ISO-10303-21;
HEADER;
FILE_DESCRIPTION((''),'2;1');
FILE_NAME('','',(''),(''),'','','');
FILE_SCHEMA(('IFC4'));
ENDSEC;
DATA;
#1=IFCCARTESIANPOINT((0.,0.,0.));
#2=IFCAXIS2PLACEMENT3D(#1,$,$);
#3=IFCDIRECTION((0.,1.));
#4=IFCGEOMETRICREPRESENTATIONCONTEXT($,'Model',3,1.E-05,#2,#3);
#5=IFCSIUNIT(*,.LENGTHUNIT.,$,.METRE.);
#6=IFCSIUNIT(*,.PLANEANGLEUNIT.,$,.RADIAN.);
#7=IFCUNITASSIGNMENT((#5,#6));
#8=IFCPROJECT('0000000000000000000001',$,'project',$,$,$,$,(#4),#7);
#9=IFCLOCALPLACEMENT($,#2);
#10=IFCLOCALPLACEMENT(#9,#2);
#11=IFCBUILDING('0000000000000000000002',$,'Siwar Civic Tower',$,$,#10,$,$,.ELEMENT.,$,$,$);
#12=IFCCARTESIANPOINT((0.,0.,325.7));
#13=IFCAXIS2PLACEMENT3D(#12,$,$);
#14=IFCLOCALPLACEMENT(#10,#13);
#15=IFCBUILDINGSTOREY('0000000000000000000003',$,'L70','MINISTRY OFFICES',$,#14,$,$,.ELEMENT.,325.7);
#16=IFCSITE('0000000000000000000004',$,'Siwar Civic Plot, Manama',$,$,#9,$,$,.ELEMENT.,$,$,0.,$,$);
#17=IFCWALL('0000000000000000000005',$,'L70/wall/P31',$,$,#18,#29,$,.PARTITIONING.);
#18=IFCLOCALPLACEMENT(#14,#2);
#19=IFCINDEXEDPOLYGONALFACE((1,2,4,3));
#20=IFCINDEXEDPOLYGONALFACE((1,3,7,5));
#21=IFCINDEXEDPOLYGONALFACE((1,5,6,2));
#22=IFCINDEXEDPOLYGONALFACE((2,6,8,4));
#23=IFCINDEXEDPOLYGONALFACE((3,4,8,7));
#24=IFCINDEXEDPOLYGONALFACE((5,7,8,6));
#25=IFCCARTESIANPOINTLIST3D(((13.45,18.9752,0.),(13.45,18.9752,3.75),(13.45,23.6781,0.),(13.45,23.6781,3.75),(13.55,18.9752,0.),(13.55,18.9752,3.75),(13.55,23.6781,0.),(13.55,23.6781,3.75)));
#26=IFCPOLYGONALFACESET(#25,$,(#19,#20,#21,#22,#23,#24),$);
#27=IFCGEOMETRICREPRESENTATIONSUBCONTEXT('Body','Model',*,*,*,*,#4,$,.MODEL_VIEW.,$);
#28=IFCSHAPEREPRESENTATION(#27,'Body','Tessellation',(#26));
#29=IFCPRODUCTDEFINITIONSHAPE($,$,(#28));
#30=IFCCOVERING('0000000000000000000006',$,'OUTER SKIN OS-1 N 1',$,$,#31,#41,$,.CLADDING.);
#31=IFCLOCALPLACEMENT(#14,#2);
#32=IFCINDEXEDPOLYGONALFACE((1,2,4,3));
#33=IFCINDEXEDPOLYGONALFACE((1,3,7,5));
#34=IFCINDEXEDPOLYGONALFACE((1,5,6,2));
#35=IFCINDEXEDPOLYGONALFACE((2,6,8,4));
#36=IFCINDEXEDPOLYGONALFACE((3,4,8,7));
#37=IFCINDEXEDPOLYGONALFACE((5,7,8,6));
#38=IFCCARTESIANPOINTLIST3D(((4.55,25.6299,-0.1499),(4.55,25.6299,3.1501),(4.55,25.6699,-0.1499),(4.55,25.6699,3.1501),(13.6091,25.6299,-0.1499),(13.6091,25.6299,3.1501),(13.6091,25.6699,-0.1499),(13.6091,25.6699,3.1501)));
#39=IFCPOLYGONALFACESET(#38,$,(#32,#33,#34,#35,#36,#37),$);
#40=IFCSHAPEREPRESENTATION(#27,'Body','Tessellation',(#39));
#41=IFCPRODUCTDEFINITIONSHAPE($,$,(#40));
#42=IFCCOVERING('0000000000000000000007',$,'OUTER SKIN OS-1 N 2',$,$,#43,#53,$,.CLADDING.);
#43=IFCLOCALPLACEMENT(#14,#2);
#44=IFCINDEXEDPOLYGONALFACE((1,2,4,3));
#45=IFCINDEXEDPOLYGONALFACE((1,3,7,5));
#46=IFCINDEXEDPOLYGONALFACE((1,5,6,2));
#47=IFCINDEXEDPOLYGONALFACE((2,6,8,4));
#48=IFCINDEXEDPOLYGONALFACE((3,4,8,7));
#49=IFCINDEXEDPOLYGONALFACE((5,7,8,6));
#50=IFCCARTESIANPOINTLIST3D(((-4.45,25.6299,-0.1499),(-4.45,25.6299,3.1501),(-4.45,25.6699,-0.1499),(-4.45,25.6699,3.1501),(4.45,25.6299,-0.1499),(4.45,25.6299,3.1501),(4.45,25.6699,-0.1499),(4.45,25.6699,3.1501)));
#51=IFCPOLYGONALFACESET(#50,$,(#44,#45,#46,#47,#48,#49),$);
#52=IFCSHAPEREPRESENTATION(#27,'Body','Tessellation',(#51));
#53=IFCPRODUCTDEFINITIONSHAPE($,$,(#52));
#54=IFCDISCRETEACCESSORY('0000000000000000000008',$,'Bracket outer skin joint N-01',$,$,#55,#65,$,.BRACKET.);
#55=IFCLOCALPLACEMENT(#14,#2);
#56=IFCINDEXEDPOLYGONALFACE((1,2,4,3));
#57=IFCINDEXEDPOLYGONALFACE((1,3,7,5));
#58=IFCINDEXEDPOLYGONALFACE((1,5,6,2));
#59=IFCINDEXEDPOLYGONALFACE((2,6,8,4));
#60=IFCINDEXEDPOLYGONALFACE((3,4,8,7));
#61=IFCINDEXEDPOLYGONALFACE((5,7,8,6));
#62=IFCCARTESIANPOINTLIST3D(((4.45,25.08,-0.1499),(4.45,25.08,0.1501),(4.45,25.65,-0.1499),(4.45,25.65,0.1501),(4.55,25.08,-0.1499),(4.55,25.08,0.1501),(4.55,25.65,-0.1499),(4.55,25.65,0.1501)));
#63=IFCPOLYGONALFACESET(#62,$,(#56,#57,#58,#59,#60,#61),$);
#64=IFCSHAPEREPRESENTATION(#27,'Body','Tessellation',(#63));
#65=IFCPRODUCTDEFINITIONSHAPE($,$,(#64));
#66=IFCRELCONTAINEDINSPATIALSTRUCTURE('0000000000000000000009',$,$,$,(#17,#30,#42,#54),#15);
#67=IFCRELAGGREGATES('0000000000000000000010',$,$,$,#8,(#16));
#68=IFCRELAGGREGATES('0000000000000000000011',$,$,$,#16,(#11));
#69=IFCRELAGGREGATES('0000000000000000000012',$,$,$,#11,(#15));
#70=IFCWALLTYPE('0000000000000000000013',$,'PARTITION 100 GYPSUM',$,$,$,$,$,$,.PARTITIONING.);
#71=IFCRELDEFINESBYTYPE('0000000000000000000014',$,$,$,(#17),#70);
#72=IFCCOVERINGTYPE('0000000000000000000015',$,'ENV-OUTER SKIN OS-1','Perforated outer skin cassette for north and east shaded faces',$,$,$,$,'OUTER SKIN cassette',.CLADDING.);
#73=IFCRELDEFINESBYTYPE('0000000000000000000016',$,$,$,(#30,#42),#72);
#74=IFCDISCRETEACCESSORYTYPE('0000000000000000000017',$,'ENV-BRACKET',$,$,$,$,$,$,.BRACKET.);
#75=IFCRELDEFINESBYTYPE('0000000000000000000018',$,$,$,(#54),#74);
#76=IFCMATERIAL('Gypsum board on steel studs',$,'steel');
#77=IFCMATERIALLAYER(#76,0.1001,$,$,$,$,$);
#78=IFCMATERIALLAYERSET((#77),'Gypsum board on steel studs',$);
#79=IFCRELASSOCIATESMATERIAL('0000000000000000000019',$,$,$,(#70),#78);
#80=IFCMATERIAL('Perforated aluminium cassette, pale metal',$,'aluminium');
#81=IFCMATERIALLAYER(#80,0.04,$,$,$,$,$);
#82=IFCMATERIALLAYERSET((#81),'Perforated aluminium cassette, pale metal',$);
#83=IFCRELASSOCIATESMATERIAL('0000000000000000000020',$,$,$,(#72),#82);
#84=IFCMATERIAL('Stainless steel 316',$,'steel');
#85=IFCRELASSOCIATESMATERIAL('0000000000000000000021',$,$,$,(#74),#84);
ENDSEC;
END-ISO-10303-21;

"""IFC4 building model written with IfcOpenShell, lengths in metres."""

from ifc_helpers import new_model, si_unit, direction, frame, frame_2d, origin, origin_2d, place, context, subcontext, project, spatial, rectangle, extrude, material, layer, layer_set, type_object, element, save


model = new_model("IFC4")

# Units and contexts
model_context = context("Model", 3, precision=1e-05, world=origin(), true_north=direction((0.0, 1.0)))
body_context = subcontext(model_context, "Body", "Model", "MODEL_VIEW")
ifc_project = project(units=[si_unit("LENGTHUNIT", "METRE"), si_unit("PLANEANGLEUNIT", "RADIAN")], contexts=[model_context])

# Site, building, storey
site_placement = place(None, origin())
site = spatial("IfcSite", under=ifc_project, at=site_placement, Name="Siwar Civic Plot, Manama", CompositionType="ELEMENT", RefElevation=0.0)
building_placement = place(site_placement, origin())
building = spatial("IfcBuilding", under=site, at=building_placement, Name="Siwar Civic Tower", CompositionType="ELEMENT")
storey_placement = place(building_placement, frame((0.0, 0.0, 325.7)))
storey = spatial("IfcBuildingStorey", under=building, at=storey_placement, Name="L70", Description="MINISTRY OFFICES", CompositionType="ELEMENT", Elevation=325.7)

# Wall
ifc_material_1 = material(Name="Gypsum board on steel studs", Category="steel")
ifc_layer_1 = layer(ifc_material_1, 0.1001)
ifc_layer_set_1 = layer_set([ifc_layer_1], Name="Gypsum board on steel studs")
wall_type_1 = type_object("IfcWallType", Name="PARTITION 100 GYPSUM", PredefinedType="PARTITIONING", material=ifc_layer_set_1)
wall_1_placement = place(storey_placement, frame((13.5, 18.9751, 0.0), z_axis=(0.0, 0.0, 1.0), x_axis=(0.0, 1.0, 0.0)))
element("IfcWall", 1, at=wall_1_placement, inside=storey, type_object=wall_type_1, Name="L70/wall/P31", PredefinedType="PARTITIONING", context=body_context, shape_type="SweptSolid", body=[
    extrude(rectangle(XDim=4.7029, YDim=0.1001, at=frame_2d((2.3516, 0.0))), origin(), (0.0, 0.0, 1.0), 3.75),
])

# Coverings
ifc_material_2 = material(Name="Perforated aluminium cassette, pale metal", Category="aluminium")
ifc_layer_2 = layer(ifc_material_2, 0.04)
ifc_layer_set_2 = layer_set([ifc_layer_2], Name="Perforated aluminium cassette, pale metal")
covering_type = type_object("IfcCoveringType", Name="ENV-OUTER SKIN OS-1", Description="Perforated outer skin cassette for north and east shaded faces", ElementType="OUTER SKIN cassette", PredefinedType="CLADDING", material=ifc_layer_set_2)
covering_1_placement = place(storey_placement, frame((9.0796, 25.6499, -0.1499), z_axis=(0.0, 0.0, 1.0), x_axis=(-1.0, 0.0, 0.0)))
element("IfcCovering", 2, at=covering_1_placement, inside=storey, type_object=covering_type, Name="OUTER SKIN OS-1 N 1", PredefinedType="CLADDING", context=body_context, shape_type="SweptSolid", body=[
    extrude(rectangle(XDim=9.0591, YDim=0.04, at=origin_2d()), origin(), (0.0, 0.0, 1.0), 3.3),
])
covering_2_placement = place(storey_placement, frame((0.0, 25.6499, -0.1499), z_axis=(0.0, 0.0, 1.0), x_axis=(-1.0, 0.0, 0.0)))
element("IfcCovering", 3, at=covering_2_placement, inside=storey, type_object=covering_type, Name="OUTER SKIN OS-1 N 2", PredefinedType="CLADDING", context=body_context, shape_type="SweptSolid", body=[
    extrude(rectangle(XDim=8.8999, YDim=0.04, at=origin_2d()), origin(), (0.0, 0.0, 1.0), 3.3),
])

# Discrete accessory
ifc_material_3 = material(Name="Stainless steel 316", Category="steel")
discrete_accessory_type = type_object("IfcDiscreteAccessoryType", Name="ENV-BRACKET", PredefinedType="BRACKET", material=ifc_material_3)
discrete_accessory_placement = place(storey_placement, frame((4.5, 25.365, -0.1499), z_axis=(0.0, 0.0, 1.0), x_axis=(0.0, 1.0, 0.0)))
element("IfcDiscreteAccessory", 4, at=discrete_accessory_placement, inside=storey, type_object=discrete_accessory_type, Name="Bracket outer skin joint N-01", PredefinedType="BRACKET", context=body_context, shape_type="SweptSolid", body=[
    extrude(rectangle(XDim=0.5701, YDim=0.1001, at=origin_2d()), origin(), (0.0, 0.0, 1.0), 0.3),
])

save(model, "model.ifc")
